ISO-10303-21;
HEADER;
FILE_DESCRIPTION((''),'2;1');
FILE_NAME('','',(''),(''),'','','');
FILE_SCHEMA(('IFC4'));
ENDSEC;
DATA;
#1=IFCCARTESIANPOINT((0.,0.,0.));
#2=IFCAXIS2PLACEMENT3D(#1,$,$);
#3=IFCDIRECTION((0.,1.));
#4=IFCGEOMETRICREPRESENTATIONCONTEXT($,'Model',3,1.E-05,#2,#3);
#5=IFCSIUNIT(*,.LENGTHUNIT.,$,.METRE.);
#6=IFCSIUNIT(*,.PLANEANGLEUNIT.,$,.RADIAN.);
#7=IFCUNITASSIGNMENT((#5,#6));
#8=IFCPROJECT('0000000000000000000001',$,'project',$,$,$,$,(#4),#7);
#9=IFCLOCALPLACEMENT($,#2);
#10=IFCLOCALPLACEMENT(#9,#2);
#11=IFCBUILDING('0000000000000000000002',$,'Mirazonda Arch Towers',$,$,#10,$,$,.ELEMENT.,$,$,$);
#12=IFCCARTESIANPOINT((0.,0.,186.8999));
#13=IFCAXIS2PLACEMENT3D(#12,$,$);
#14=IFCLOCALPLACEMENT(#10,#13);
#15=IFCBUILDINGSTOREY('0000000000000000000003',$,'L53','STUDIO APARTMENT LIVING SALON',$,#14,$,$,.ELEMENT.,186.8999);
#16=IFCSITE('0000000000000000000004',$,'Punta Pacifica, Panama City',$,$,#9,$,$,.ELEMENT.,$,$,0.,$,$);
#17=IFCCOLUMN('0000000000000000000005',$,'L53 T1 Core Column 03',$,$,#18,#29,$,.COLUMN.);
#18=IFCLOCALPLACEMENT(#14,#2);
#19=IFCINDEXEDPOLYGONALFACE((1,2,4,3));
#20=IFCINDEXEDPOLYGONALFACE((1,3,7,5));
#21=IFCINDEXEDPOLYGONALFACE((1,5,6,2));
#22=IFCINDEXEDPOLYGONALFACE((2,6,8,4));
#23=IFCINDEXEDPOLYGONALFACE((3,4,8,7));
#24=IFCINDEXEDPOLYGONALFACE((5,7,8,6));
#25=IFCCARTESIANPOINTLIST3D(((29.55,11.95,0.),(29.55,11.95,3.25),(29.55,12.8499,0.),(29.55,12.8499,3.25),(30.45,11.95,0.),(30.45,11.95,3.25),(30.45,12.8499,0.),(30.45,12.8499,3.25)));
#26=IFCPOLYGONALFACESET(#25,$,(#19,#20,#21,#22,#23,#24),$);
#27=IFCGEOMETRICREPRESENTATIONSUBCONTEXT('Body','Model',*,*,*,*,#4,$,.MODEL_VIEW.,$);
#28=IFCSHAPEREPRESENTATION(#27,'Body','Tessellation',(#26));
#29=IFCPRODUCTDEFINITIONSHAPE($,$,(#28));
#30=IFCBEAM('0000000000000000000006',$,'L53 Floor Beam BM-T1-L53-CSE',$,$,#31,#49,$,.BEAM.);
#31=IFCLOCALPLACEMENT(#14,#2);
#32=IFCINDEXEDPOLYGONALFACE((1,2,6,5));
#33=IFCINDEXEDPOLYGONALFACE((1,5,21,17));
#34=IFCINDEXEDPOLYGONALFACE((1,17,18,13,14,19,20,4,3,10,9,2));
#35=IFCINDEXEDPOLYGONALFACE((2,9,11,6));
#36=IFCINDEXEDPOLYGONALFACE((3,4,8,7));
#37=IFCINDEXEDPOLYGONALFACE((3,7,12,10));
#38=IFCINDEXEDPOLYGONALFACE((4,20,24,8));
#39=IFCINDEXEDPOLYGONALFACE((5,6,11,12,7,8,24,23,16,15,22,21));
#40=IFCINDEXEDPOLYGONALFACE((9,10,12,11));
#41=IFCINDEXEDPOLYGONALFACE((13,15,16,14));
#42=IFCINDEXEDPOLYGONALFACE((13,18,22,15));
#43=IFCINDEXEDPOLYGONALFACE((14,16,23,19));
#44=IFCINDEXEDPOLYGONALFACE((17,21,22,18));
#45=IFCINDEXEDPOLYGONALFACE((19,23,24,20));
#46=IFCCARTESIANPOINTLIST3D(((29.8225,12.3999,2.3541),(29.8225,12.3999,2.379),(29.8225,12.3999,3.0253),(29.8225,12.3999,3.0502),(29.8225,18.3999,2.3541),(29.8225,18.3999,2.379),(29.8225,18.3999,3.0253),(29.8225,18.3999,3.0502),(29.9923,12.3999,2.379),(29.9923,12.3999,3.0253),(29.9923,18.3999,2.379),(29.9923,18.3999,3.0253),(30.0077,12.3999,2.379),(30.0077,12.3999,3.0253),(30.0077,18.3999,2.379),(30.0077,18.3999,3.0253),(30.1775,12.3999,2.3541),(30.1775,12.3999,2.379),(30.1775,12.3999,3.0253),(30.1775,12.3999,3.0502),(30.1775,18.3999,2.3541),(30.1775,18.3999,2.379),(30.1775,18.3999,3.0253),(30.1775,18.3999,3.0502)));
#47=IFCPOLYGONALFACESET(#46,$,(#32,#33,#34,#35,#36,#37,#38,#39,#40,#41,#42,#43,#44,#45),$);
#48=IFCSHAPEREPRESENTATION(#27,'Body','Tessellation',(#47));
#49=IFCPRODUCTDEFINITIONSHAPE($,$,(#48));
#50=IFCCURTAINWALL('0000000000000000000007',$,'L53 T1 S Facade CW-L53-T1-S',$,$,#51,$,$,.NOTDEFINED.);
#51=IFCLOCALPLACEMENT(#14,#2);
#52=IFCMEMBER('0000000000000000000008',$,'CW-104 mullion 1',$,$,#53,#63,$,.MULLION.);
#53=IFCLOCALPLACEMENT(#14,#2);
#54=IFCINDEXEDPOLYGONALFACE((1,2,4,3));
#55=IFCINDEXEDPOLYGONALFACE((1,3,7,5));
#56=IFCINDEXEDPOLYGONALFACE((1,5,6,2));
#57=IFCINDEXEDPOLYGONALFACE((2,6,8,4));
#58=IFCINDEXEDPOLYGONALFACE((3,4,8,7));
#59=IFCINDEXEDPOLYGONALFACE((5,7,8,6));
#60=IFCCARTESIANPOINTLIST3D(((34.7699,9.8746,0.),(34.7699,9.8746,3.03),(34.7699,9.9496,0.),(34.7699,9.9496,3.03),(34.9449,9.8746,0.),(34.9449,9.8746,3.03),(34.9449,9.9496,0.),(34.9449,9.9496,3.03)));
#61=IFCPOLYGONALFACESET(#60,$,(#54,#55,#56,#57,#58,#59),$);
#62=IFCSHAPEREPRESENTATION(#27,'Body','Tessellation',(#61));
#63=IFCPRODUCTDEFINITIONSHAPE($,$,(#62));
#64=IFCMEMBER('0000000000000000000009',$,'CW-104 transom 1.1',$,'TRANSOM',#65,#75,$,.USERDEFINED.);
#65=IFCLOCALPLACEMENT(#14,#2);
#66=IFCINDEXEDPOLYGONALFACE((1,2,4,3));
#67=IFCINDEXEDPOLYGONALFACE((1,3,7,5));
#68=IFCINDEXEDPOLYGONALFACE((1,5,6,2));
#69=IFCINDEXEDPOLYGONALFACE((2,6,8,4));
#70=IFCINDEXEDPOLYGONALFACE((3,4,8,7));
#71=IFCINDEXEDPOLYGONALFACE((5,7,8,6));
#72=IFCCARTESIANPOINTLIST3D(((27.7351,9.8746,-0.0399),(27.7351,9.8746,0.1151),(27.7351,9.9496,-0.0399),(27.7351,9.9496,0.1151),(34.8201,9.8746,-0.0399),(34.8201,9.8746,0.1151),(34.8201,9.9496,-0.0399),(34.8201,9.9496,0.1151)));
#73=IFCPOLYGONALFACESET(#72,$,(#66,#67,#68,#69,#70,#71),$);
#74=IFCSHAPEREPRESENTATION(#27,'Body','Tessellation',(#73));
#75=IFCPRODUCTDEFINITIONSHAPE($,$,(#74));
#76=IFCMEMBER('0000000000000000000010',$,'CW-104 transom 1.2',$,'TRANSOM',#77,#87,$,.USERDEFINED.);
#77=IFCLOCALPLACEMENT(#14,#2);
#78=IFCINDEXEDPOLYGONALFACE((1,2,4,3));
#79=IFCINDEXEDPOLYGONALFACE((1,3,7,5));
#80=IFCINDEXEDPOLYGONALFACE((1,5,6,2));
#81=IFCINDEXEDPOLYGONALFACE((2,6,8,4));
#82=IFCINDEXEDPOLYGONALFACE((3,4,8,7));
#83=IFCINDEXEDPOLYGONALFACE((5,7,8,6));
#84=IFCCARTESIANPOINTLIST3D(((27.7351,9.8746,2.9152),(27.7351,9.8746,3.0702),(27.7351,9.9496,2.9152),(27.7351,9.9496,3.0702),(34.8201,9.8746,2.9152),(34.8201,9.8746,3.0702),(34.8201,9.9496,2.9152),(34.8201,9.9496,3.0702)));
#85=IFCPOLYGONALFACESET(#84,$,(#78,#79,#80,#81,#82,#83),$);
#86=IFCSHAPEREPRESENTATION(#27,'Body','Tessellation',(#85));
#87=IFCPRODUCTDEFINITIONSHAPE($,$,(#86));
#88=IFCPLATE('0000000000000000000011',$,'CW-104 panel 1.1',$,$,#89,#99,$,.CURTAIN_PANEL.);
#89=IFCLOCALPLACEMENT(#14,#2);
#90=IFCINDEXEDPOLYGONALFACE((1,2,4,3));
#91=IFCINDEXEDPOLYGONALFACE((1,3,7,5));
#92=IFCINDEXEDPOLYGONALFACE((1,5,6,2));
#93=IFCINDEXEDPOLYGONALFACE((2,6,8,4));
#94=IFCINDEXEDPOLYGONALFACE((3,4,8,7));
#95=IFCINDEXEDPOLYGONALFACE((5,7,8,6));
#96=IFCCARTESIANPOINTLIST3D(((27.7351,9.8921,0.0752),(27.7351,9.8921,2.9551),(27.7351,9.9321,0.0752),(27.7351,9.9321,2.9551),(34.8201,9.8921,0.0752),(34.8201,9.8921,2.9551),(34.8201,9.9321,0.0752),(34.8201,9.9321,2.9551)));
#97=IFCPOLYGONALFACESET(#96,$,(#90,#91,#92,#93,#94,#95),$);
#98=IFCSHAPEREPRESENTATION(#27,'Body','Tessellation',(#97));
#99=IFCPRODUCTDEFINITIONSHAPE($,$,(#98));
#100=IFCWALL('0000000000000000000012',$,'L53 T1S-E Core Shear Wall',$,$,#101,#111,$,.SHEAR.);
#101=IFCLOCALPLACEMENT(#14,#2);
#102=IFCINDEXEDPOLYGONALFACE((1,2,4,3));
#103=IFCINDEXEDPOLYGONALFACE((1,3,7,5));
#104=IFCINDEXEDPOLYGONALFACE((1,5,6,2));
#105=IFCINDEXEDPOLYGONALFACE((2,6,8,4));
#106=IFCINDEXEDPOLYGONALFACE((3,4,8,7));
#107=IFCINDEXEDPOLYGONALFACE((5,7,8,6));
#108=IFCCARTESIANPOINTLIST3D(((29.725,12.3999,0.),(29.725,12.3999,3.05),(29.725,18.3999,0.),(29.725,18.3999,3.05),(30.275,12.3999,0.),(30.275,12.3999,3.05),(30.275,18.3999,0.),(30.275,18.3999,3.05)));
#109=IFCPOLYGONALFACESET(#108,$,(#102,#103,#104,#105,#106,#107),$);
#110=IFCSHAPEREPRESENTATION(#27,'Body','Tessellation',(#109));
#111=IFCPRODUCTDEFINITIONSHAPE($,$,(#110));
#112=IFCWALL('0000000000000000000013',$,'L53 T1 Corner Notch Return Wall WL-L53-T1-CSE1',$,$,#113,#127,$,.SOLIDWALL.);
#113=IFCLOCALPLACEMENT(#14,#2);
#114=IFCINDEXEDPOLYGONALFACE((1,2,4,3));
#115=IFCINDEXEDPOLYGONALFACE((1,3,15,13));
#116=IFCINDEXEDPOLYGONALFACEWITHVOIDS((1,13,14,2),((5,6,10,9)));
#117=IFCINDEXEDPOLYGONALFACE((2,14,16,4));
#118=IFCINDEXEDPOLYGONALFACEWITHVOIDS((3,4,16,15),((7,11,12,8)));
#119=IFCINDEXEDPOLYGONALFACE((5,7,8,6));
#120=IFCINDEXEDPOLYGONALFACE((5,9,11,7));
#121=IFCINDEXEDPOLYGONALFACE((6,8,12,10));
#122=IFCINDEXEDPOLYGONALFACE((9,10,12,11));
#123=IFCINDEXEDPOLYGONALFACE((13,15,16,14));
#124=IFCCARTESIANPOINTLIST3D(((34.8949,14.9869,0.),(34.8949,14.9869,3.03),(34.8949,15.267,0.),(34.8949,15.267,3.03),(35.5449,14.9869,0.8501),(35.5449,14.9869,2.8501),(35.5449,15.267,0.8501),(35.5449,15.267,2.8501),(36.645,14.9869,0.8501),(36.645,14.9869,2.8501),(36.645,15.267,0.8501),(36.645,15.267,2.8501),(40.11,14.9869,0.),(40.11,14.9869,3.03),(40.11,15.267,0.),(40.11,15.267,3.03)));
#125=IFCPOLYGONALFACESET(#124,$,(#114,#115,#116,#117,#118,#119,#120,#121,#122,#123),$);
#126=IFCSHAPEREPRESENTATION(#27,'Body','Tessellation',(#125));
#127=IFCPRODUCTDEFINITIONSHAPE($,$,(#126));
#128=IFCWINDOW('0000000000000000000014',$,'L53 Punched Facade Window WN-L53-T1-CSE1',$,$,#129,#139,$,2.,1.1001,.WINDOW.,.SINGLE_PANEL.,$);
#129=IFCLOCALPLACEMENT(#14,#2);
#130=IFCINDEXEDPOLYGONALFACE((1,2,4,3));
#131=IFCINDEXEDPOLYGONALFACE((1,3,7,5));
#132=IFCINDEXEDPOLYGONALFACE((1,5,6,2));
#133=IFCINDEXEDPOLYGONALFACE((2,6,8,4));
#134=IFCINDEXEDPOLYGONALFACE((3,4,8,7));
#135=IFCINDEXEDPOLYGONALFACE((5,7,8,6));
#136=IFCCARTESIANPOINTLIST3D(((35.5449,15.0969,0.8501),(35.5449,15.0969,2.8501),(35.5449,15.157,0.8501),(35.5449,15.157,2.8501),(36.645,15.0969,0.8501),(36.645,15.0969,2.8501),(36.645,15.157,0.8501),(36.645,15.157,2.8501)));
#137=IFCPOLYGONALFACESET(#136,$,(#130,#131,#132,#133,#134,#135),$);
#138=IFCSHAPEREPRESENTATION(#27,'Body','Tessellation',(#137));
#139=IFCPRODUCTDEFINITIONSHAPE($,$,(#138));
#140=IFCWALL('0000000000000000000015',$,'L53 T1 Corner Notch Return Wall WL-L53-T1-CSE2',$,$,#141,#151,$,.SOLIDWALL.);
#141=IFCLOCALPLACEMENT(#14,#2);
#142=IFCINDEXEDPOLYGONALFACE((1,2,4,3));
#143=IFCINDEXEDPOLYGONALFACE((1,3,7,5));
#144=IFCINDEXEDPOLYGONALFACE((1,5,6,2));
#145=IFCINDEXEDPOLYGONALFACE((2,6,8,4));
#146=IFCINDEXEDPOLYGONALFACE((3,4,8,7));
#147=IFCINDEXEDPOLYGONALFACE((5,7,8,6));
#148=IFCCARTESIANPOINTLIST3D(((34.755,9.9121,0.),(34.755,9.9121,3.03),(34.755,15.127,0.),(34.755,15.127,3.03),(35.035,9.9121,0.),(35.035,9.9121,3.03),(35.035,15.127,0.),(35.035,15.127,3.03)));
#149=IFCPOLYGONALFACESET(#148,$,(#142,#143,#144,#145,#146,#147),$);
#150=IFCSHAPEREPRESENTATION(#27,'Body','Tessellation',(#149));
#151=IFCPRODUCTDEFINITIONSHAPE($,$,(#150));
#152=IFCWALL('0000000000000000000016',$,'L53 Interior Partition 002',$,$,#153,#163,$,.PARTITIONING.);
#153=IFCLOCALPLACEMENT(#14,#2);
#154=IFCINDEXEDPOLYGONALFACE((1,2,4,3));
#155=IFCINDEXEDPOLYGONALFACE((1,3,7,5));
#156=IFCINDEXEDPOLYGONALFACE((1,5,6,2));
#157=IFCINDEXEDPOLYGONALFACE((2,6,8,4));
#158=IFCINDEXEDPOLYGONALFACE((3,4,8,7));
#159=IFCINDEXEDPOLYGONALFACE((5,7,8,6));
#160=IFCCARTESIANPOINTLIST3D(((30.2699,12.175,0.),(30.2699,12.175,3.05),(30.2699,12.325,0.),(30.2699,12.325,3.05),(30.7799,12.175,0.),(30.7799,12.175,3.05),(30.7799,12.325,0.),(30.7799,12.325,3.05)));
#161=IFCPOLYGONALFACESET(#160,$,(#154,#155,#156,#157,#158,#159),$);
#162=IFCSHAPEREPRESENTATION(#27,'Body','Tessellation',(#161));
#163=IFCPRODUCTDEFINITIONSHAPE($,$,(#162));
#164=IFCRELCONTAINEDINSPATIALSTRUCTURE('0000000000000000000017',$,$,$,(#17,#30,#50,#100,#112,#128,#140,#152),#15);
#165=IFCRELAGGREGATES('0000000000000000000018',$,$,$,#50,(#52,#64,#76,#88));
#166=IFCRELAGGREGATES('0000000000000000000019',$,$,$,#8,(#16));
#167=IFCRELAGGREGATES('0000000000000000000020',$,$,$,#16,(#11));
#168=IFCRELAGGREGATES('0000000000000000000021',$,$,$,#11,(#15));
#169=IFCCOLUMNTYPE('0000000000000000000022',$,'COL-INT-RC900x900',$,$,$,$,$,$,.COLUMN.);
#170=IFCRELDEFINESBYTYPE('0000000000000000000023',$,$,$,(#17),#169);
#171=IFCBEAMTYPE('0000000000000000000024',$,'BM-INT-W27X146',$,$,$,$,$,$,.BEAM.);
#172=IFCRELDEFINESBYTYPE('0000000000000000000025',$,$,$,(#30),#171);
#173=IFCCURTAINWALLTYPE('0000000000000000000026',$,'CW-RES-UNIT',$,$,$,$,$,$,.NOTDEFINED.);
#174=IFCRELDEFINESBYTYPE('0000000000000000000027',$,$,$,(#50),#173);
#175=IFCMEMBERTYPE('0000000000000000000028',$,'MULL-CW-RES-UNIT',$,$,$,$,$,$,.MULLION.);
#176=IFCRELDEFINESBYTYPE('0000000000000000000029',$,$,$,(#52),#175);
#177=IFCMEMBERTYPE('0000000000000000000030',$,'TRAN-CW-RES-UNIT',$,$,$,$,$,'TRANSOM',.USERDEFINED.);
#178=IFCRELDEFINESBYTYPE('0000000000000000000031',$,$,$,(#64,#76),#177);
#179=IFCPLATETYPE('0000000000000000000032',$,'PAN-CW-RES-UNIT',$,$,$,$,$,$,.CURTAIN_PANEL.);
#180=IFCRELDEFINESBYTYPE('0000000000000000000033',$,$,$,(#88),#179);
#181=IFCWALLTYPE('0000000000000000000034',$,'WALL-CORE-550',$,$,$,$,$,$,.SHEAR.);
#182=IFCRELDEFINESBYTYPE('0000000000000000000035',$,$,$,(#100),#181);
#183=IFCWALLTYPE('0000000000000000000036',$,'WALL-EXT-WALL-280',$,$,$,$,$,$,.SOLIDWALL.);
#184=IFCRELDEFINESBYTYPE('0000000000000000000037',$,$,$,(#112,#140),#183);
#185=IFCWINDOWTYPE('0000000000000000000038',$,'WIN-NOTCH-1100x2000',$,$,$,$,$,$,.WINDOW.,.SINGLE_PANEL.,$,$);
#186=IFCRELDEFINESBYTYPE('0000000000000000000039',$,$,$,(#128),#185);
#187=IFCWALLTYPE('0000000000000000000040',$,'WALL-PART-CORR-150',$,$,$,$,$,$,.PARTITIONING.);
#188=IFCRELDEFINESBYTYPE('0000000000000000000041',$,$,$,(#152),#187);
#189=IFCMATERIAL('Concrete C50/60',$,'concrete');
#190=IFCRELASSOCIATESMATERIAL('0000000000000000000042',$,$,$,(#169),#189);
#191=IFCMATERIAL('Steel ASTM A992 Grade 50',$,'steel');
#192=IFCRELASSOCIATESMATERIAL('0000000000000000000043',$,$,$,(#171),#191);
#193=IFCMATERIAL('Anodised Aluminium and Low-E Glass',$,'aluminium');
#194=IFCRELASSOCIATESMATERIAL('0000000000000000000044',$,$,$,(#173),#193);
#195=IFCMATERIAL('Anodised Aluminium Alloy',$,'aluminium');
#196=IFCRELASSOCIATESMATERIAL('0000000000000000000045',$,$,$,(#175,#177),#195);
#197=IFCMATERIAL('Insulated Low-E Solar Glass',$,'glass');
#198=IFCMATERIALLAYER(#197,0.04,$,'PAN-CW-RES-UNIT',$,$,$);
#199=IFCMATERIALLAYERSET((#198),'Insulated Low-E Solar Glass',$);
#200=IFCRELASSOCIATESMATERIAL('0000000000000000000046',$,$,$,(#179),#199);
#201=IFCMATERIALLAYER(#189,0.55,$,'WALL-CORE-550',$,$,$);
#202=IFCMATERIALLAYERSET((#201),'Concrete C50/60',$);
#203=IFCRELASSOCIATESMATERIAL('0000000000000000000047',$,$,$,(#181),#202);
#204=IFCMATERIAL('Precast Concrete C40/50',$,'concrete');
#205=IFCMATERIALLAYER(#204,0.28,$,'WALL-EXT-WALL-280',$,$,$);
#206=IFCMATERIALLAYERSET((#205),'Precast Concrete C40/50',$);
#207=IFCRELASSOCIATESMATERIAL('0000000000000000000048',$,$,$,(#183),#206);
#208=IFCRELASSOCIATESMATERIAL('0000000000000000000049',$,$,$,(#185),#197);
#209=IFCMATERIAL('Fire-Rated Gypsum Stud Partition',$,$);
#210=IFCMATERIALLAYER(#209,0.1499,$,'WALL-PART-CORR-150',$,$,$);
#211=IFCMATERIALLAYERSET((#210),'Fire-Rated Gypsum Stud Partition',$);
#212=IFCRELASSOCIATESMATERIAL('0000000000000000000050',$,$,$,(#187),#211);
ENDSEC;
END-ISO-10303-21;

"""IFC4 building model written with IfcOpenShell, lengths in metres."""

from ifc_helpers import new_model, si_unit, direction, frame, frame_2d, origin, origin_2d, place, context, subcontext, project, spatial, rectangle, i_section, extrude, material, layer, layer_set, material_profile, profile_set, type_object, element, fill, aggregate, save


model = new_model("IFC4")

# Units and contexts
model_context = context("Model", 3, precision=1e-05, world=origin(), true_north=direction((0.0, 1.0)))
body_context = subcontext(model_context, "Body", "Model", "MODEL_VIEW")
ifc_project = project(units=[si_unit("LENGTHUNIT", "METRE"), si_unit("PLANEANGLEUNIT", "RADIAN")], contexts=[model_context])

# Site, building, storey
site_placement = place(None, origin())
site = spatial("IfcSite", under=ifc_project, at=site_placement, Name="Punta Pacifica, Panama City", CompositionType="ELEMENT", RefElevation=0.0)
building_placement = place(site_placement, origin())
building = spatial("IfcBuilding", under=site, at=building_placement, Name="Mirazonda Arch Towers", CompositionType="ELEMENT")
storey_placement = place(building_placement, frame((0.0, 0.0, 186.8999)))
storey = spatial("IfcBuildingStorey", under=building, at=storey_placement, Name="L53", Description="STUDIO APARTMENT LIVING SALON", CompositionType="ELEMENT", Elevation=186.8999)

# Column
ifc_material_1 = material(Name="Concrete C50/60", Category="concrete")
ifc_material_profile_1 = material_profile(ifc_material_1, rectangle(XDim=0.8999, YDim=0.8999, at=origin_2d()), Name="RC900x900")
ifc_profile_set_1 = profile_set([ifc_material_profile_1], Name="Concrete C50/60")
column_type = type_object("IfcColumnType", Name="COL-INT-RC900x900", PredefinedType="COLUMN", material=ifc_profile_set_1)
column_placement = place(storey_placement, frame((30.0, 12.3999, 0.0), z_axis=(0.0, 0.0, 1.0), x_axis=(1.0, 0.0, 0.0)))
element("IfcColumn", 1, at=column_placement, inside=storey, type_object=column_type, Name="L53 T1 Core Column 03", PredefinedType="COLUMN", context=body_context, shape_type="SweptSolid", body=[
    extrude(rectangle(XDim=0.8999, YDim=0.8999, at=origin_2d()), origin(), (0.0, 0.0, 1.0), 3.25),
])

# Beam
ifc_material_2 = material(Name="Steel ASTM A992 Grade 50", Category="steel")
ifc_material_profile_2 = material_profile(ifc_material_2, i_section(OverallWidth=0.355, OverallDepth=0.696, WebThickness=0.0154, FlangeThickness=0.0249, at=origin_2d()), Name="W27X146")
ifc_profile_set_2 = profile_set([ifc_material_profile_2], Name="Steel ASTM A992 Grade 50")
beam_type = type_object("IfcBeamType", Name="BM-INT-W27X146", PredefinedType="BEAM", material=ifc_profile_set_2)
beam_placement = place(storey_placement, frame((30.0, 12.3999, 2.7021), z_axis=(0.0, 1.0, 0.0), x_axis=(-1.0, 0.0, 0.0)))
element("IfcBeam", 2, at=beam_placement, inside=storey, type_object=beam_type, Name="L53 Floor Beam BM-T1-L53-CSE", PredefinedType="BEAM", context=body_context, shape_type="SweptSolid", body=[
    extrude(i_section(OverallWidth=0.355, OverallDepth=0.696, WebThickness=0.0154, FlangeThickness=0.0249, at=origin_2d()), origin(), (0.0, 0.0, 1.0), 6.0),
])

# Curtain wall, members, plate
ifc_material_3 = material(Name="Anodised Aluminium and Low-E Glass", Category="aluminium")
curtain_wall_type = type_object("IfcCurtainWallType", Name="CW-RES-UNIT", PredefinedType="NOTDEFINED", material=ifc_material_3)
curtain_wall_placement = place(storey_placement, origin())
curtain_wall = element("IfcCurtainWall", 3, at=curtain_wall_placement, inside=storey, type_object=curtain_wall_type, Name="L53 T1 S Facade CW-L53-T1-S", PredefinedType="NOTDEFINED")
ifc_material_4 = material(Name="Anodised Aluminium Alloy", Category="aluminium")
ifc_material_profile_3 = material_profile(ifc_material_4, rectangle(XDim=0.075, YDim=0.175, at=origin_2d()), Name="ALU-MULL-75x175")
ifc_profile_set_3 = profile_set([ifc_material_profile_3], Name="Anodised Aluminium Alloy")
member_type_1 = type_object("IfcMemberType", Name="MULL-CW-RES-UNIT", PredefinedType="MULLION", material=ifc_profile_set_3)
member_1_placement = place(storey_placement, frame((34.8574, 9.9121, 0.0), z_axis=(0.0, 0.0, 1.0), x_axis=(0.0, -1.0, 0.0)))
member_1 = element("IfcMember", 4, at=member_1_placement, type_object=member_type_1, Name="CW-104 mullion 1", PredefinedType="MULLION", context=body_context, shape_type="SweptSolid", body=[
    extrude(rectangle(XDim=0.075, YDim=0.175, at=origin_2d()), origin(), (0.0, 0.0, 1.0), 3.03),
])
ifc_material_profile_4 = material_profile(ifc_material_4, rectangle(XDim=0.075, YDim=0.155, at=origin_2d()), Name="ALU-TRAN-75x155")
ifc_profile_set_4 = profile_set([ifc_material_profile_4], Name="Anodised Aluminium Alloy")
member_type_2 = type_object("IfcMemberType", Name="TRAN-CW-RES-UNIT", ElementType="TRANSOM", PredefinedType="USERDEFINED", material=ifc_profile_set_4)
member_2_placement = place(storey_placement, frame((34.8201, 9.9121, 0.0376), z_axis=(-1.0, 0.0, 0.0), x_axis=(0.0, -1.0, 0.0)))
member_2 = element("IfcMember", 5, at=member_2_placement, type_object=member_type_2, Name="CW-104 transom 1.1", ObjectType="TRANSOM", PredefinedType="USERDEFINED", context=body_context, shape_type="SweptSolid", body=[
    extrude(rectangle(XDim=0.075, YDim=0.155, at=origin_2d()), origin(), (0.0, 0.0, 1.0), 7.085),
])
member_3_placement = place(storey_placement, frame((34.8201, 9.9121, 2.9927), z_axis=(-1.0, 0.0, 0.0), x_axis=(0.0, -1.0, 0.0)))
member_3 = element("IfcMember", 6, at=member_3_placement, type_object=member_type_2, Name="CW-104 transom 1.2", ObjectType="TRANSOM", PredefinedType="USERDEFINED", context=body_context, shape_type="SweptSolid", body=[
    extrude(rectangle(XDim=0.075, YDim=0.155, at=origin_2d()), origin(), (0.0, 0.0, 1.0), 7.085),
])
ifc_material_5 = material(Name="Insulated Low-E Solar Glass", Category="glass")
ifc_layer_1 = layer(ifc_material_5, 0.04, Name="PAN-CW-RES-UNIT")
ifc_layer_set_1 = layer_set([ifc_layer_1], Name="Insulated Low-E Solar Glass")
plate_type = type_object("IfcPlateType", Name="PAN-CW-RES-UNIT", PredefinedType="CURTAIN_PANEL", material=ifc_layer_set_1)
plate_placement = place(storey_placement, frame((31.2776, 9.9121, 0.0752), z_axis=(0.0, 0.0, 1.0), x_axis=(-1.0, 0.0, 0.0)))
plate = element("IfcPlate", 7, at=plate_placement, type_object=plate_type, Name="CW-104 panel 1.1", PredefinedType="CURTAIN_PANEL", context=body_context, shape_type="SweptSolid", body=[
    extrude(rectangle(XDim=7.085, YDim=0.04, at=origin_2d()), origin(), (0.0, 0.0, 1.0), 2.8799),
])
aggregate(curtain_wall, [member_1, member_2, member_3, plate])

# Wall
ifc_layer_2 = layer(ifc_material_1, 0.55, Name="WALL-CORE-550")
ifc_layer_set_2 = layer_set([ifc_layer_2], Name="Concrete C50/60")
wall_type_1 = type_object("IfcWallType", Name="WALL-CORE-550", PredefinedType="SHEAR", material=ifc_layer_set_2)
wall_1_placement = place(storey_placement, frame((30.0, 12.3999, 0.0), z_axis=(0.0, 0.0, 1.0), x_axis=(0.0, 1.0, 0.0)))
element("IfcWall", 8, at=wall_1_placement, inside=storey, type_object=wall_type_1, Name="L53 T1S-E Core Shear Wall", PredefinedType="SHEAR", context=body_context, shape_type="SweptSolid", body=[
    extrude(rectangle(XDim=6.0, YDim=0.55, at=frame_2d((3.0, 0.0))), origin(), (0.0, 0.0, 1.0), 3.05),
])

# Wall, opening, window
ifc_material_6 = material(Name="Precast Concrete C40/50", Category="concrete")
ifc_layer_3 = layer(ifc_material_6, 0.28, Name="WALL-EXT-WALL-280")
ifc_layer_set_3 = layer_set([ifc_layer_3], Name="Precast Concrete C40/50")
wall_type_2 = type_object("IfcWallType", Name="WALL-EXT-WALL-280", PredefinedType="SOLIDWALL", material=ifc_layer_set_3)
wall_2_placement = place(storey_placement, frame((34.895, 15.127, 0.0), z_axis=(0.0, 0.0, 1.0), x_axis=(1.0, 0.0, 0.0)))
wall_2 = element("IfcWall", 9, at=wall_2_placement, inside=storey, type_object=wall_type_2, Name="L53 T1 Corner Notch Return Wall WL-L53-T1-CSE1", PredefinedType="SOLIDWALL", context=body_context, shape_type="SweptSolid", body=[
    extrude(rectangle(XDim=5.2151, YDim=0.28, at=frame_2d((2.6074, 0.0))), origin(), (0.0, 0.0, 1.0), 3.03),
])
opening_1_placement = place(wall_2_placement, frame((0.6499, 0.0, 0.8501)))
opening_1 = element("IfcOpeningElement", 10, at=opening_1_placement, cuts=wall_2, PredefinedType="OPENING", context=body_context, shape_type="SweptSolid", body=[
    extrude(rectangle(XDim=1.1001, YDim=2.0, at=frame_2d((0.55, 1.0))), frame((0.0, 0.1499, 0.0), z_axis=(0.0, -1.0, 0.0), x_axis=(1.0, 0.0, 0.0)), (0.0, 0.0, 1.0), 0.3),
])
window_type = type_object("IfcWindowType", Name="WIN-NOTCH-1100x2000", PartitioningType="SINGLE_PANEL", PredefinedType="WINDOW", material=ifc_material_5)
window_placement = place(opening_1_placement, origin())
window = element("IfcWindow", 11, at=window_placement, inside=storey, type_object=window_type, Name="L53 Punched Facade Window WN-L53-T1-CSE1", OverallHeight=2.0, OverallWidth=1.1001, PartitioningType="SINGLE_PANEL", PredefinedType="WINDOW", context=body_context, shape_type="SweptSolid", body=[
    extrude(rectangle(XDim=1.1001, YDim=2.0, at=frame_2d((0.55, 1.0))), frame((0.0, 0.03, 0.0), z_axis=(0.0, -1.0, 0.0), x_axis=(1.0, 0.0, 0.0)), (0.0, 0.0, 1.0), 0.0601),
])
fill(opening_1, window)

# Walls
wall_3_placement = place(storey_placement, frame((34.895, 9.9121, 0.0), z_axis=(0.0, 0.0, 1.0), x_axis=(0.0, 1.0, 0.0)))
element("IfcWall", 12, at=wall_3_placement, inside=storey, type_object=wall_type_2, Name="L53 T1 Corner Notch Return Wall WL-L53-T1-CSE2", PredefinedType="SOLIDWALL", context=body_context, shape_type="SweptSolid", body=[
    extrude(rectangle(XDim=5.2148, YDim=0.28, at=frame_2d((2.6074, 0.0))), origin(), (0.0, 0.0, 1.0), 3.03),
])
ifc_material_7 = material(Name="Fire-Rated Gypsum Stud Partition")
ifc_layer_4 = layer(ifc_material_7, 0.1499, Name="WALL-PART-CORR-150")
ifc_layer_set_4 = layer_set([ifc_layer_4], Name="Fire-Rated Gypsum Stud Partition")
wall_type_3 = type_object("IfcWallType", Name="WALL-PART-CORR-150", PredefinedType="PARTITIONING", material=ifc_layer_set_4)
wall_4_placement = place(storey_placement, frame((30.27, 12.25, 0.0), z_axis=(0.0, 0.0, 1.0), x_axis=(1.0, 0.0, 0.0)))
element("IfcWall", 13, at=wall_4_placement, inside=storey, type_object=wall_type_3, Name="L53 Interior Partition 002", PredefinedType="PARTITIONING", context=body_context, shape_type="SweptSolid", body=[
    extrude(rectangle(XDim=0.51, YDim=0.1499, at=frame_2d((0.2549, 0.0))), origin(), (0.0, 0.0, 1.0), 3.05),
])

save(model, "model.ifc")
